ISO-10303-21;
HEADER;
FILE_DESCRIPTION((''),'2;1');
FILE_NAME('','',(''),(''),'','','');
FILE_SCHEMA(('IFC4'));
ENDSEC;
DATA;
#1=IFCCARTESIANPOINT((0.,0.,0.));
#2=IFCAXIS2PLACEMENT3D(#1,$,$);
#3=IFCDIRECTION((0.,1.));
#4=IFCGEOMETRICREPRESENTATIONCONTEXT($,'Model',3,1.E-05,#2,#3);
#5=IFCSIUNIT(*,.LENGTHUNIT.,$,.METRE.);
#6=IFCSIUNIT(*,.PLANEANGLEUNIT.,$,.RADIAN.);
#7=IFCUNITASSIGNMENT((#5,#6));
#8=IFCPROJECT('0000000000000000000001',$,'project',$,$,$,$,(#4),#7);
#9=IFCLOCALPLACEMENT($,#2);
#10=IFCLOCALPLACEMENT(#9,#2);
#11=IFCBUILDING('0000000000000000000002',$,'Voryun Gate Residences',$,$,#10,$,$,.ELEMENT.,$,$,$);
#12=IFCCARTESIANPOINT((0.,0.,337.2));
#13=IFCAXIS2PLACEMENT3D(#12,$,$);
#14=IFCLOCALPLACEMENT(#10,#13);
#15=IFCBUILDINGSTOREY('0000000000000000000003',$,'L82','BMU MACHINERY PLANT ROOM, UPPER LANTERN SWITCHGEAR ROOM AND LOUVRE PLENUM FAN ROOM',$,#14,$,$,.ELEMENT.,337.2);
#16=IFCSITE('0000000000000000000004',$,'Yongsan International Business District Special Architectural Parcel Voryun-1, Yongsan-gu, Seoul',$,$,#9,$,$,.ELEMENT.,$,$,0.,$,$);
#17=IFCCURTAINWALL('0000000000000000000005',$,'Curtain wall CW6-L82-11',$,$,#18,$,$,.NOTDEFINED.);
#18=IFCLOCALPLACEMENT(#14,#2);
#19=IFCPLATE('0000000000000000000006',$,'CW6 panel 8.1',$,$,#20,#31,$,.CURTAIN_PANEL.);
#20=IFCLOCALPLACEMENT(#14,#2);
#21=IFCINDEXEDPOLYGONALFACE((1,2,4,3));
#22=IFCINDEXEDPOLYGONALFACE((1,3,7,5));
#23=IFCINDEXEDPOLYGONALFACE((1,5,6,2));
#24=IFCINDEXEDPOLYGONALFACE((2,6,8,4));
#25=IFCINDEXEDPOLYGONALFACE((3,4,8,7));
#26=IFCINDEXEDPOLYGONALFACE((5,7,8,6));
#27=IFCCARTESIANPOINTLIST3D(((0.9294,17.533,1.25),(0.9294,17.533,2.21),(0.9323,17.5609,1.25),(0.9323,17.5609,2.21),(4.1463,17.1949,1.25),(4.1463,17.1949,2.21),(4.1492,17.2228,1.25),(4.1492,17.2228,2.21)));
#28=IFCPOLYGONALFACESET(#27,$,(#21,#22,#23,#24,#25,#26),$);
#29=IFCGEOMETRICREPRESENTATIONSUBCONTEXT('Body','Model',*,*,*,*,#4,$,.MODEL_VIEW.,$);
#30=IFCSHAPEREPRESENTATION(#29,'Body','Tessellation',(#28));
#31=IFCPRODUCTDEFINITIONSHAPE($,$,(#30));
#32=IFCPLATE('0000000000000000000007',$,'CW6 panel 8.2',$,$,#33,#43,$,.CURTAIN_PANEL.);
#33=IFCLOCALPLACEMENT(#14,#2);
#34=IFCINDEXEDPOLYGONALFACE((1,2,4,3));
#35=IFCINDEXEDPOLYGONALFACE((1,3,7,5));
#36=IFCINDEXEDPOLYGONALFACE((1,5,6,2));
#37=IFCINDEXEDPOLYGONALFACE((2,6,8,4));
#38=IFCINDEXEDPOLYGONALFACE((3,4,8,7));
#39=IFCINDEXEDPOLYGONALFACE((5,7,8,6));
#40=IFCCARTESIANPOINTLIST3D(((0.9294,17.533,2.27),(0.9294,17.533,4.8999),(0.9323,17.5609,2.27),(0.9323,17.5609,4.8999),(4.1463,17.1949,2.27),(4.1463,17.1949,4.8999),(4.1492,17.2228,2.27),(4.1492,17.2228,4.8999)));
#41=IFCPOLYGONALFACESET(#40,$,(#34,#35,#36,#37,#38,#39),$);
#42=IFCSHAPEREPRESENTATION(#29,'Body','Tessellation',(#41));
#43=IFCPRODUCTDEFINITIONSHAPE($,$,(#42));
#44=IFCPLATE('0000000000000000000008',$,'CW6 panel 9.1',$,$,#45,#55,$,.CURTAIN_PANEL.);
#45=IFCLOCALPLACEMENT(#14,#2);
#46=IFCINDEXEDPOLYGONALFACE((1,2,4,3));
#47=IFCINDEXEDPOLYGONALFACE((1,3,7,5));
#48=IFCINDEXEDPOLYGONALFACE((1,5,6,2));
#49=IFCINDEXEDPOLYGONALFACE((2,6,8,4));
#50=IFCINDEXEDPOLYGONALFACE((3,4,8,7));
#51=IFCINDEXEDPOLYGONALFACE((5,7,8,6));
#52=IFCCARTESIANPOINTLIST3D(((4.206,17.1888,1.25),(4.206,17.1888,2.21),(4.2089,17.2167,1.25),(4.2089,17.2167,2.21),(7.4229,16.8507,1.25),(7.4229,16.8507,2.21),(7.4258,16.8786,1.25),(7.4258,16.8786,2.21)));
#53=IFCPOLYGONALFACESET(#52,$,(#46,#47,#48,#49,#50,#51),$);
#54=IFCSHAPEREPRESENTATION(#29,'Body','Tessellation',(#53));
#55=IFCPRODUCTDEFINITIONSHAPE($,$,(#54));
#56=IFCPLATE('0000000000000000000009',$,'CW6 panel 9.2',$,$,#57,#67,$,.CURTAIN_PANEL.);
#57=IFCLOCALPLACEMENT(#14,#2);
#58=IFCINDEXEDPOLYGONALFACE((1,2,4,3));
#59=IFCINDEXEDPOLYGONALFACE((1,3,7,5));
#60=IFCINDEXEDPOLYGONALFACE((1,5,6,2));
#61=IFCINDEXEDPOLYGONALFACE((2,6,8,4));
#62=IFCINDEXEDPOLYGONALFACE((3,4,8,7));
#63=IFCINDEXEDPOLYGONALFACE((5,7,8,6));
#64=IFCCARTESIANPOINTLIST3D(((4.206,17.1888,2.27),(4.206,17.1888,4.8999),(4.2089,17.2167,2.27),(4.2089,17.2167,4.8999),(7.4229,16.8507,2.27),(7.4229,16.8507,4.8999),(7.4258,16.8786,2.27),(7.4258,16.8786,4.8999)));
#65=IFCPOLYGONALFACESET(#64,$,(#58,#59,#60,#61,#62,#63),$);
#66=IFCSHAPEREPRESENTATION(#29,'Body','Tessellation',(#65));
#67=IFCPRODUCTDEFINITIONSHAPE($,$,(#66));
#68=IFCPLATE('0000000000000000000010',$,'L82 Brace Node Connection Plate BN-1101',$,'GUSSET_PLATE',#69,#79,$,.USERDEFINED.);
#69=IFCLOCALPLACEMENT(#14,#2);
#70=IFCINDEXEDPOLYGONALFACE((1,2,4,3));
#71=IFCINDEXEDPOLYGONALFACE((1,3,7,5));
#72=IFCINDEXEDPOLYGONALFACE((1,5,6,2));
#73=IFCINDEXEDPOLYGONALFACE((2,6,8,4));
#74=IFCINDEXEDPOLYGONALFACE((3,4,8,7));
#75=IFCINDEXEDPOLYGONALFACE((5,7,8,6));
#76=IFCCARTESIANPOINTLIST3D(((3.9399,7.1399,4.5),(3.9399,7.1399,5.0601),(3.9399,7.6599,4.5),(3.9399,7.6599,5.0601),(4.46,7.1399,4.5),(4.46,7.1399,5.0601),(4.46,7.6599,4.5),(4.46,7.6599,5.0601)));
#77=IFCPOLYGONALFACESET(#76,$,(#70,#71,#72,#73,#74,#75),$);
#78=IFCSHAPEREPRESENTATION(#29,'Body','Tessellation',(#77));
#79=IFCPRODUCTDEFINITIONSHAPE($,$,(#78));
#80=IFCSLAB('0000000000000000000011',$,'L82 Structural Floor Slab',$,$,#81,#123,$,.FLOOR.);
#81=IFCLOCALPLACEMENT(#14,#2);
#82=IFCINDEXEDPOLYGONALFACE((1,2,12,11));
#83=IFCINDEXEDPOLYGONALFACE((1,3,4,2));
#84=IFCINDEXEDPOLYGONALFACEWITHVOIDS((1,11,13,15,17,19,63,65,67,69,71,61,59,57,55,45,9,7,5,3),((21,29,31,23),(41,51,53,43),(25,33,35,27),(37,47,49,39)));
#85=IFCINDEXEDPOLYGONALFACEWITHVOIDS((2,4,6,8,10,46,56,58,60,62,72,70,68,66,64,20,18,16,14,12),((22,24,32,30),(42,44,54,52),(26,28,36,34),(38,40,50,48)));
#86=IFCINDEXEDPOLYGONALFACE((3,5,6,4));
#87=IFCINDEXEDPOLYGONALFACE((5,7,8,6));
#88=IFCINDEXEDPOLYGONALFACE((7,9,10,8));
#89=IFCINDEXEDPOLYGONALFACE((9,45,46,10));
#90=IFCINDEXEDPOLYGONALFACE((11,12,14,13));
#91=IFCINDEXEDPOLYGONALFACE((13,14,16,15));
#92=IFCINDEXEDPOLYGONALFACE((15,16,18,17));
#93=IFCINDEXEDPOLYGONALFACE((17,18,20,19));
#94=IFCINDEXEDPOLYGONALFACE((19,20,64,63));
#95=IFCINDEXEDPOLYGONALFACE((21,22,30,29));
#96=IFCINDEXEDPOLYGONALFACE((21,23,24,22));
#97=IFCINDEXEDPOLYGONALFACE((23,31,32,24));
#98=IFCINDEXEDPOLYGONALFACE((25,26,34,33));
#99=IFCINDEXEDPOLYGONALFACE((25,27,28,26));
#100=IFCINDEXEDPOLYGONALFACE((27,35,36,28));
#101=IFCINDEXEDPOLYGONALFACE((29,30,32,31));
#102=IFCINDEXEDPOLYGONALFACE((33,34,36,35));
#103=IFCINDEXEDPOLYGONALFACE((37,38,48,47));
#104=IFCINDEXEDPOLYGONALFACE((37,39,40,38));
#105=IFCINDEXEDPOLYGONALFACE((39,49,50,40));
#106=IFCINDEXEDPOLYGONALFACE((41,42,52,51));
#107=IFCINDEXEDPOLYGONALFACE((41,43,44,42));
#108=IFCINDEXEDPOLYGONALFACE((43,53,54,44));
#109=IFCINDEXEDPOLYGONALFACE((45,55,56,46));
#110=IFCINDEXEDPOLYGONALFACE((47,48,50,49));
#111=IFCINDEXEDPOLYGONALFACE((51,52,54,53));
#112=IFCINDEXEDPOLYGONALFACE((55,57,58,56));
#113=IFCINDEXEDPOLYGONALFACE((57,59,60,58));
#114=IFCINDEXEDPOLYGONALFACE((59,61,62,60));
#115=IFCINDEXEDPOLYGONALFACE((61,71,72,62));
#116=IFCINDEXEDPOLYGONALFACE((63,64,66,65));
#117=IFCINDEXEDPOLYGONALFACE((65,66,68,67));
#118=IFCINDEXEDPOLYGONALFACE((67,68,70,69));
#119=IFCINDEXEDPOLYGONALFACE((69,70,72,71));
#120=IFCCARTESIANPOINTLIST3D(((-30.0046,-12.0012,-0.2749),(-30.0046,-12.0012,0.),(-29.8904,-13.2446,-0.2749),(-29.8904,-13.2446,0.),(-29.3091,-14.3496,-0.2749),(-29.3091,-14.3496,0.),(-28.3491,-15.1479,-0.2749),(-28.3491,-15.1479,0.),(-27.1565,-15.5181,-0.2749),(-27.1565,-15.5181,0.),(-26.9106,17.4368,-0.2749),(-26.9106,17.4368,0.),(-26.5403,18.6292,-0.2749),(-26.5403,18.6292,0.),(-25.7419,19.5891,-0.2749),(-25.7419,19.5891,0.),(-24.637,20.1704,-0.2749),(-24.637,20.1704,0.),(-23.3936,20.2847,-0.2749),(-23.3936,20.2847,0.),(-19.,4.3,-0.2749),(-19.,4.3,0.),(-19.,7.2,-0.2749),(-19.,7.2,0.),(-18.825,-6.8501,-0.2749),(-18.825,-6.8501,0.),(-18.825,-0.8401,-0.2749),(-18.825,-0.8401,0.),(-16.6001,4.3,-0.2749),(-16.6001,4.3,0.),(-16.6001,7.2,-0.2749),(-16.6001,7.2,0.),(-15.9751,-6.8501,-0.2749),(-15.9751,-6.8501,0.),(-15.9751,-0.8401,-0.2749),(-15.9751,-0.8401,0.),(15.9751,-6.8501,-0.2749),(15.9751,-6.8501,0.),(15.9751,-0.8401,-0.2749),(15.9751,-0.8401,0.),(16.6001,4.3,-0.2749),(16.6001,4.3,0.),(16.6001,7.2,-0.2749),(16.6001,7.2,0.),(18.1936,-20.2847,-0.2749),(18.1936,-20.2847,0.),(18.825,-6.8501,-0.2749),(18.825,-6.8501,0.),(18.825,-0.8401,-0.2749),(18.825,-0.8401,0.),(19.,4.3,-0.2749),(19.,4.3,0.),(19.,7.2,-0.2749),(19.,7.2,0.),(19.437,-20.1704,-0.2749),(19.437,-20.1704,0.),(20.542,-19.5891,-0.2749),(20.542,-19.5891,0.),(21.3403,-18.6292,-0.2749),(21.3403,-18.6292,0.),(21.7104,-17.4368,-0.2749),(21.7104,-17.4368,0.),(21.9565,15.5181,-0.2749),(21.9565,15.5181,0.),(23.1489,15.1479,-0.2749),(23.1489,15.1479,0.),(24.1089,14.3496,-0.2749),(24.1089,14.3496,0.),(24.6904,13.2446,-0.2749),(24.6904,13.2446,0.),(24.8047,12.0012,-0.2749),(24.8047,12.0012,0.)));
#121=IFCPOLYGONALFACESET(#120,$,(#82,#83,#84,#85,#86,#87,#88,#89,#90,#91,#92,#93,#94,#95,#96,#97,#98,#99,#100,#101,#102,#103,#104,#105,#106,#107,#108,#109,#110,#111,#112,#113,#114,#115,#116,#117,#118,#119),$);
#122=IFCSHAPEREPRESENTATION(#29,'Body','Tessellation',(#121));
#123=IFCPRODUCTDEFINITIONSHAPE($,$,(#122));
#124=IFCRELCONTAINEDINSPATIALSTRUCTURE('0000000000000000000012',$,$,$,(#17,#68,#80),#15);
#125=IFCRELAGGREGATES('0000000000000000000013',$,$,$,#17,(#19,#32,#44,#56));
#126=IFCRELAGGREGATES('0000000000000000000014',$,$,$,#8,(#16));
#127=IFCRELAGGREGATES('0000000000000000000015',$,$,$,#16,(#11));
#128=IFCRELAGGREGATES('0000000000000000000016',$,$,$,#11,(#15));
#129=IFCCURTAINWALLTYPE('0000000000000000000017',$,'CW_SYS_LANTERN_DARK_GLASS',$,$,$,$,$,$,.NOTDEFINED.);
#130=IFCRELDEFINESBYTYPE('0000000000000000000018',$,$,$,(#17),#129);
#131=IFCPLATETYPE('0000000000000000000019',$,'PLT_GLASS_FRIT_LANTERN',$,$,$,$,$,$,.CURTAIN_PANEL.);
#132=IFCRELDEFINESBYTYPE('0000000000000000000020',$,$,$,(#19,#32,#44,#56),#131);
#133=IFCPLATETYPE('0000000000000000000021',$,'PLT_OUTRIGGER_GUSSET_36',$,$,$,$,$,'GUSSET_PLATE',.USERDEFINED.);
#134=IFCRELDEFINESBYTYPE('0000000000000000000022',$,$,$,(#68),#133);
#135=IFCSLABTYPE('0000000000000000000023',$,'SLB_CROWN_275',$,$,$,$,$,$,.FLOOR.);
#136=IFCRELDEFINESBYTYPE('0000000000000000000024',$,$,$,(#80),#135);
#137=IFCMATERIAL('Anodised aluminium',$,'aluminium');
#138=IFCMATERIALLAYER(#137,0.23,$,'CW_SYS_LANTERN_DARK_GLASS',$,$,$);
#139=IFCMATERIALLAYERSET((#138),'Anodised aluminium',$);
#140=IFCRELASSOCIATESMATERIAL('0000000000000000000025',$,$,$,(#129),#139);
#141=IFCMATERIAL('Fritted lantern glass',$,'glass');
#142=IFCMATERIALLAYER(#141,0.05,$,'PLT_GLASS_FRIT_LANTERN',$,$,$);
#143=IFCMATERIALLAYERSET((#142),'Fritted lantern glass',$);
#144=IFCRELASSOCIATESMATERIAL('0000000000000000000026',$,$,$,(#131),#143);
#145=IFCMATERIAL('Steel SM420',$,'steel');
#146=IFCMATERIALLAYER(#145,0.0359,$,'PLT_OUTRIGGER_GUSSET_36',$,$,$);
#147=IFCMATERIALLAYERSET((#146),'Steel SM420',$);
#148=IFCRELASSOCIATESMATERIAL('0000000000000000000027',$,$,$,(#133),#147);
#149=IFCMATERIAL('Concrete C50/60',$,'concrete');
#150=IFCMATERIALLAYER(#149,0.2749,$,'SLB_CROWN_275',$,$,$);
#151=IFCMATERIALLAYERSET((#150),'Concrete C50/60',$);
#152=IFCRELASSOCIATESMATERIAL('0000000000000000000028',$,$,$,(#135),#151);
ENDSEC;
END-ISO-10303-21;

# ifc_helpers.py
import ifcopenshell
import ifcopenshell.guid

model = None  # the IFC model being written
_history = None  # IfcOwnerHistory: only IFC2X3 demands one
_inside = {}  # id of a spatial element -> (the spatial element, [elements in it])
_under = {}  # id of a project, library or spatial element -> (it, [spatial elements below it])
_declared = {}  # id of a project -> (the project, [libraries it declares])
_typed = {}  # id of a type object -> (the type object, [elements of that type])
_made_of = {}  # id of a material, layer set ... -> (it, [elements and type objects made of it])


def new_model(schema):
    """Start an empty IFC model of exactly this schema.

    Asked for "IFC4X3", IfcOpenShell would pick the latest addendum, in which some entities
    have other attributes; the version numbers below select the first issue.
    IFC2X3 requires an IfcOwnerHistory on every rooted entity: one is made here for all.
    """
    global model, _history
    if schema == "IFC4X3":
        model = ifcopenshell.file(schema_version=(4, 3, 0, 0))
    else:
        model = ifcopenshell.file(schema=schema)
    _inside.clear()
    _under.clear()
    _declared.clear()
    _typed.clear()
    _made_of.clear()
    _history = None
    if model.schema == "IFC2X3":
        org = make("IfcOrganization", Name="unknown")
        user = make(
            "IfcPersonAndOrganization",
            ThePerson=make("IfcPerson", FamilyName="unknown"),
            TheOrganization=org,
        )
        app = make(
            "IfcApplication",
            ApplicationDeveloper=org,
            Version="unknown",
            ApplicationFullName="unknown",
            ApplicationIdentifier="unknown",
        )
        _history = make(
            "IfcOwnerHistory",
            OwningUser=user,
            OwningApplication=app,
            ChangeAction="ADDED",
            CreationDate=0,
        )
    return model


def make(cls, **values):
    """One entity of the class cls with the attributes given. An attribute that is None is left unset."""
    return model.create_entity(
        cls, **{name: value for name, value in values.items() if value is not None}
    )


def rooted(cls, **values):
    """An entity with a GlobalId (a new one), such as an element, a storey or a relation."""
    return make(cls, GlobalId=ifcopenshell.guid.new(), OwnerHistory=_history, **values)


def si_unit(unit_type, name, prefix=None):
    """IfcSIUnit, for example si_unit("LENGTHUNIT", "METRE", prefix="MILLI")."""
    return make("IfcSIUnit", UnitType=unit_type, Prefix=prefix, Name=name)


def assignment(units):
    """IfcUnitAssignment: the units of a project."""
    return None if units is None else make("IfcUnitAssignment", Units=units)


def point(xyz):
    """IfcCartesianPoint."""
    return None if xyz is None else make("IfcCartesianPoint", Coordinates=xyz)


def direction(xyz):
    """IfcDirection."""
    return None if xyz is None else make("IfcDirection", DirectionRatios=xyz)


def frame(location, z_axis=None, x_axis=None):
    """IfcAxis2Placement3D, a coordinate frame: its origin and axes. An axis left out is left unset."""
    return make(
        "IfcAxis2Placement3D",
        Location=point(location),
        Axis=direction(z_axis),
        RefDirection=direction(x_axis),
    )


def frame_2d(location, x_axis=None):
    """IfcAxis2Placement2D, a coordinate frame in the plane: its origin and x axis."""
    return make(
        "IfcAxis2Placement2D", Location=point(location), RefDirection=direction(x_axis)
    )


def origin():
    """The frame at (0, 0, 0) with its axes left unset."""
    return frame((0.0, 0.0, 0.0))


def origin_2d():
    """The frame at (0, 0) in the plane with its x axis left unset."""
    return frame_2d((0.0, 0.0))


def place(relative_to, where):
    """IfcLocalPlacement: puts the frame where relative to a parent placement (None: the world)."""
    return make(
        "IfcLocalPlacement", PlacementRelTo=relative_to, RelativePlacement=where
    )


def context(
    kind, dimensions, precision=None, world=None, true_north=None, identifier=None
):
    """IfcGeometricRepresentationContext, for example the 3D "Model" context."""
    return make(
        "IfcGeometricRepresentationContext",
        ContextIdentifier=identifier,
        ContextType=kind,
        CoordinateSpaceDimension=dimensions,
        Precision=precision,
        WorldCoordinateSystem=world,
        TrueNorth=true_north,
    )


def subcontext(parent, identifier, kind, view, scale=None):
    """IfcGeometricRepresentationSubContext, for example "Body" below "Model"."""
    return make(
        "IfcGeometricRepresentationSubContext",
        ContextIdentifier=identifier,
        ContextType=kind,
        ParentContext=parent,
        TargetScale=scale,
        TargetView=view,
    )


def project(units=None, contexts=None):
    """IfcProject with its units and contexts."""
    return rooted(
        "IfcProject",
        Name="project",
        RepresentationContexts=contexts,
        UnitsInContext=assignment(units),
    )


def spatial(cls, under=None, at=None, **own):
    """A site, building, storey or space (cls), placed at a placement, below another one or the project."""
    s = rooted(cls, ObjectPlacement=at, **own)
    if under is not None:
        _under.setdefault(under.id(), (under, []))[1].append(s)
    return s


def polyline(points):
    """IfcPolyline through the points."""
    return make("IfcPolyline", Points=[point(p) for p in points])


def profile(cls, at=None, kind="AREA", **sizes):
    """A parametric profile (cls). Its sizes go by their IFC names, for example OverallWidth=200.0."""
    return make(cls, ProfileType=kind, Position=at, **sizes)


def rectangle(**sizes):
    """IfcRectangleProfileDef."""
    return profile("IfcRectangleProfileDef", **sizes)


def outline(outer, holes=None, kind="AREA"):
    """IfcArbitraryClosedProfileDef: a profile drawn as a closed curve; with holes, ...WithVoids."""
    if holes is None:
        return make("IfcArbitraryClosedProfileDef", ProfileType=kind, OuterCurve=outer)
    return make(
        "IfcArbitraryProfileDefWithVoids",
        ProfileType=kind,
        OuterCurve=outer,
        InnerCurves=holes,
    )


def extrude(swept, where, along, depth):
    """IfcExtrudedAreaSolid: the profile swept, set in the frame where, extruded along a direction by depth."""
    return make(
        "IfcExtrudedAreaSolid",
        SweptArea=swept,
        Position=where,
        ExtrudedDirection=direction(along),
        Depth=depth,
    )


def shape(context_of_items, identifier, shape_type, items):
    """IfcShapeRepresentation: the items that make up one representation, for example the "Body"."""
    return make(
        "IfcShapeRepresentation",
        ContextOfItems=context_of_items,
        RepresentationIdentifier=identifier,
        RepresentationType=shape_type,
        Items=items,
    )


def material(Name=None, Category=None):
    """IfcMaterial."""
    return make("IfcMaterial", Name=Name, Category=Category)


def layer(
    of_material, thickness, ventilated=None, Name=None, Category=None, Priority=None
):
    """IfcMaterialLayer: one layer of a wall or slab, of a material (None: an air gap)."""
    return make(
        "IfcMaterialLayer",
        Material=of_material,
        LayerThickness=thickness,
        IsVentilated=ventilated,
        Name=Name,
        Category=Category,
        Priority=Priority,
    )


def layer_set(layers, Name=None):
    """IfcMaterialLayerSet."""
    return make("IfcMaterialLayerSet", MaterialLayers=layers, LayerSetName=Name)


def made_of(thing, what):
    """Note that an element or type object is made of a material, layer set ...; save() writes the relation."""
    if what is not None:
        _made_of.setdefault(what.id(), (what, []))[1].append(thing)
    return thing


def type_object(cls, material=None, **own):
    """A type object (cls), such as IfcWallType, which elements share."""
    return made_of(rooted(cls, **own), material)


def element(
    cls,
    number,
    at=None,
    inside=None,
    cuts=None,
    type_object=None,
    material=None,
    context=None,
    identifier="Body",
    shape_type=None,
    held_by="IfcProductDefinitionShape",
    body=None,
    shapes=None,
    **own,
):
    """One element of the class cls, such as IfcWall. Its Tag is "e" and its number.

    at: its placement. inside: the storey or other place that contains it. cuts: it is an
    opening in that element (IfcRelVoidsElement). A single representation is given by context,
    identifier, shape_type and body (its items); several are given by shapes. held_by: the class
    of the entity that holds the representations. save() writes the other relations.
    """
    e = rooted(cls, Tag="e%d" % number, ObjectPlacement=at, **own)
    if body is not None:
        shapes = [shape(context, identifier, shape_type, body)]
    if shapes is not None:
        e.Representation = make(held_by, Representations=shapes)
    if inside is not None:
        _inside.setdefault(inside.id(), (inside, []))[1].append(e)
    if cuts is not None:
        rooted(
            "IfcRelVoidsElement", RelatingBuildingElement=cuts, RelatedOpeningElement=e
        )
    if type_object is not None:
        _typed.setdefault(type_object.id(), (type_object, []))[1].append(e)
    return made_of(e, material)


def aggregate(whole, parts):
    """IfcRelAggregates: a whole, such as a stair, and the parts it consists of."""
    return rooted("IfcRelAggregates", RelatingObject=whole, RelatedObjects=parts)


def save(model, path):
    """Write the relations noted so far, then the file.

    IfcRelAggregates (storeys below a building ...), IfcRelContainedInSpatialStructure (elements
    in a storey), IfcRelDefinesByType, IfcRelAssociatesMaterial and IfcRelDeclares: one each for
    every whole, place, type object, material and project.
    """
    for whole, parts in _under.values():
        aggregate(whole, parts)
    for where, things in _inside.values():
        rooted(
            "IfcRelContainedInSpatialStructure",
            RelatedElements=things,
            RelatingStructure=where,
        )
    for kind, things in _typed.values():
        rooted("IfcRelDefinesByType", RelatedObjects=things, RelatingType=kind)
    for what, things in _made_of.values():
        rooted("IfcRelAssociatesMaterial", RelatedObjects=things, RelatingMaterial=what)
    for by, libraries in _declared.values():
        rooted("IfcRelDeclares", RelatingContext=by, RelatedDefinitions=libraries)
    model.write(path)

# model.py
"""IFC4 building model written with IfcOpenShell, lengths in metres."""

from ifc_helpers import new_model, si_unit, direction, frame, origin, origin_2d, place, context, subcontext, project, spatial, polyline, rectangle, outline, extrude, material, layer, layer_set, type_object, element, aggregate, save


model = new_model("IFC4")

# Units and contexts
model_context = context("Model", 3, precision=1e-05, world=origin(), true_north=direction((0.0, 1.0)))
body_context = subcontext(model_context, "Body", "Model", "MODEL_VIEW")
ifc_project = project(units=[si_unit("LENGTHUNIT", "METRE"), si_unit("PLANEANGLEUNIT", "RADIAN")], contexts=[model_context])

# Site, building, storey
site_placement = place(None, origin())
site = spatial("IfcSite", under=ifc_project, at=site_placement, Name="Yongsan International Business District Special Architectural Parcel Voryun-1, Yongsan-gu, Seoul", CompositionType="ELEMENT", RefElevation=0.0)
building_placement = place(site_placement, origin())
building = spatial("IfcBuilding", under=site, at=building_placement, Name="Voryun Gate Residences", CompositionType="ELEMENT")
storey_placement = place(building_placement, frame((0.0, 0.0, 337.2)))
storey = spatial("IfcBuildingStorey", under=building, at=storey_placement, Name="L82", Description="BMU MACHINERY PLANT ROOM, UPPER LANTERN SWITCHGEAR ROOM AND LOUVRE PLENUM FAN ROOM", CompositionType="ELEMENT", Elevation=337.2)

# Curtain wall
ifc_material_1 = material(Name="Anodised aluminium", Category="aluminium")
ifc_layer_1 = layer(ifc_material_1, 0.23, Name="CW_SYS_LANTERN_DARK_GLASS")
ifc_layer_set_1 = layer_set([ifc_layer_1], Name="Anodised aluminium")
curtain_wall_type = type_object("IfcCurtainWallType", Name="CW_SYS_LANTERN_DARK_GLASS", PredefinedType="NOTDEFINED", material=ifc_layer_set_1)
curtain_wall_placement = place(storey_placement, origin())
curtain_wall = element("IfcCurtainWall", 1, at=curtain_wall_placement, inside=storey, type_object=curtain_wall_type, Name="Curtain wall CW6-L82-11", PredefinedType="NOTDEFINED")

# Plates
ifc_material_2 = material(Name="Fritted lantern glass", Category="glass")
ifc_layer_2 = layer(ifc_material_2, 0.05, Name="PLT_GLASS_FRIT_LANTERN")
ifc_layer_set_2 = layer_set([ifc_layer_2], Name="Fritted lantern glass")
plate_type_1 = type_object("IfcPlateType", Name="PLT_GLASS_FRIT_LANTERN", PredefinedType="CURTAIN_PANEL", material=ifc_layer_set_2)
plate_1_placement = place(storey_placement, frame((2.5393, 17.3779, 1.25), z_axis=(0.0, 0.0, 1.0), x_axis=(0.994522, -0.104528, 0.0)))
plate_1 = element("IfcPlate", 2, at=plate_1_placement, type_object=plate_type_1, Name="CW6 panel 8.1", PredefinedType="CURTAIN_PANEL", context=body_context, shape_type="SweptSolid", body=[
    extrude(rectangle(XDim=3.2346, YDim=0.0281, at=origin_2d()), origin(), (0.0, 0.0, 1.0), 0.96),
])
plate_2_placement = place(storey_placement, frame((2.5393, 17.3779, 2.27), z_axis=(0.0, 0.0, 1.0), x_axis=(0.994522, -0.104528, 0.0)))
plate_2 = element("IfcPlate", 3, at=plate_2_placement, type_object=plate_type_1, Name="CW6 panel 8.2", PredefinedType="CURTAIN_PANEL", context=body_context, shape_type="SweptSolid", body=[
    extrude(rectangle(XDim=3.2346, YDim=0.0281, at=origin_2d()), origin(), (0.0, 0.0, 1.0), 2.6299),
])
plate_3_placement = place(storey_placement, frame((5.8159, 17.0337, 1.25), z_axis=(0.0, 0.0, 1.0), x_axis=(0.994522, -0.104528, 0.0)))
plate_3 = element("IfcPlate", 4, at=plate_3_placement, type_object=plate_type_1, Name="CW6 panel 9.1", PredefinedType="CURTAIN_PANEL", context=body_context, shape_type="SweptSolid", body=[
    extrude(rectangle(XDim=3.2346, YDim=0.0281, at=origin_2d()), origin(), (0.0, 0.0, 1.0), 0.96),
])
plate_4_placement = place(storey_placement, frame((5.8159, 17.0337, 2.27), z_axis=(0.0, 0.0, 1.0), x_axis=(0.994522, -0.104528, 0.0)))
plate_4 = element("IfcPlate", 5, at=plate_4_placement, type_object=plate_type_1, Name="CW6 panel 9.2", PredefinedType="CURTAIN_PANEL", context=body_context, shape_type="SweptSolid", body=[
    extrude(rectangle(XDim=3.2346, YDim=0.0281, at=origin_2d()), origin(), (0.0, 0.0, 1.0), 2.6299),
])
aggregate(curtain_wall, [plate_1, plate_2, plate_3, plate_4])
ifc_material_3 = material(Name="Steel SM420", Category="steel")
ifc_layer_3 = layer(ifc_material_3, 0.0359, Name="PLT_OUTRIGGER_GUSSET_36")
ifc_layer_set_3 = layer_set([ifc_layer_3], Name="Steel SM420")
plate_type_2 = type_object("IfcPlateType", Name="PLT_OUTRIGGER_GUSSET_36", ElementType="GUSSET_PLATE", PredefinedType="USERDEFINED", material=ifc_layer_set_3)
plate_5_placement = place(storey_placement, frame((4.2, 7.3999, 4.5), z_axis=(0.0, 0.0, 1.0), x_axis=(1.0, 0.0, 0.0)))
element("IfcPlate", 6, at=plate_5_placement, inside=storey, type_object=plate_type_2, Name="L82 Brace Node Connection Plate BN-1101", ObjectType="GUSSET_PLATE", PredefinedType="USERDEFINED", context=body_context, shape_type="SweptSolid", body=[
    extrude(rectangle(XDim=0.52, YDim=0.52, at=origin_2d()), origin(), (0.0, 0.0, 1.0), 0.5601),
])

# Slab
ifc_material_4 = material(Name="Concrete C50/60", Category="concrete")
ifc_layer_4 = layer(ifc_material_4, 0.2749, Name="SLB_CROWN_275")
ifc_layer_set_4 = layer_set([ifc_layer_4], Name="Concrete C50/60")
slab_type = type_object("IfcSlabType", Name="SLB_CROWN_275", PredefinedType="FLOOR", material=ifc_layer_set_4)
slab_placement = place(storey_placement, frame((0.0, 0.0, -0.2749)))
element("IfcSlab", 7, at=slab_placement, inside=storey, type_object=slab_type, Name="L82 Structural Floor Slab", PredefinedType="FLOOR", context=body_context, shape_type="SweptSolid", body=[
    extrude(outline(polyline([(-27.1565, -15.5181), (-28.3491, -15.1479), (-29.3091, -14.3496), (-29.8904, -13.2446), (-30.0046, -12.0012), (-26.9106, 17.4368), (-26.5403, 18.6292), (-25.7419, 19.5891), (-24.637, 20.1704), (-23.3936, 20.2847), (21.9565, 15.5181), (23.1489, 15.1479), (24.1089, 14.3496), (24.6904, 13.2446), (24.8047, 12.0012), (21.7104, -17.4368), (21.3403, -18.6292), (20.542, -19.5891), (19.437, -20.1704), (18.1936, -20.2847), (-27.1565, -15.5181)]), holes=[polyline([(-15.9751, -0.8401), (-18.825, -0.8401), (-18.825, -6.8501), (-15.9751, -6.8501), (-15.9751, -0.8401)]), polyline([(18.825, -0.8401), (15.9751, -0.8401), (15.9751, -6.8501), (18.825, -6.8501), (18.825, -0.8401)]), polyline([(-19.0, 7.2), (-19.0, 4.3), (-16.6001, 4.3), (-16.6001, 7.2), (-19.0, 7.2)]), polyline([(16.6001, 7.2), (16.6001, 4.3), (19.0, 4.3), (19.0, 7.2), (16.6001, 7.2)])]), origin(), (0.0, 0.0, 1.0), 0.2749),
])

save(model, "model.ifc")
